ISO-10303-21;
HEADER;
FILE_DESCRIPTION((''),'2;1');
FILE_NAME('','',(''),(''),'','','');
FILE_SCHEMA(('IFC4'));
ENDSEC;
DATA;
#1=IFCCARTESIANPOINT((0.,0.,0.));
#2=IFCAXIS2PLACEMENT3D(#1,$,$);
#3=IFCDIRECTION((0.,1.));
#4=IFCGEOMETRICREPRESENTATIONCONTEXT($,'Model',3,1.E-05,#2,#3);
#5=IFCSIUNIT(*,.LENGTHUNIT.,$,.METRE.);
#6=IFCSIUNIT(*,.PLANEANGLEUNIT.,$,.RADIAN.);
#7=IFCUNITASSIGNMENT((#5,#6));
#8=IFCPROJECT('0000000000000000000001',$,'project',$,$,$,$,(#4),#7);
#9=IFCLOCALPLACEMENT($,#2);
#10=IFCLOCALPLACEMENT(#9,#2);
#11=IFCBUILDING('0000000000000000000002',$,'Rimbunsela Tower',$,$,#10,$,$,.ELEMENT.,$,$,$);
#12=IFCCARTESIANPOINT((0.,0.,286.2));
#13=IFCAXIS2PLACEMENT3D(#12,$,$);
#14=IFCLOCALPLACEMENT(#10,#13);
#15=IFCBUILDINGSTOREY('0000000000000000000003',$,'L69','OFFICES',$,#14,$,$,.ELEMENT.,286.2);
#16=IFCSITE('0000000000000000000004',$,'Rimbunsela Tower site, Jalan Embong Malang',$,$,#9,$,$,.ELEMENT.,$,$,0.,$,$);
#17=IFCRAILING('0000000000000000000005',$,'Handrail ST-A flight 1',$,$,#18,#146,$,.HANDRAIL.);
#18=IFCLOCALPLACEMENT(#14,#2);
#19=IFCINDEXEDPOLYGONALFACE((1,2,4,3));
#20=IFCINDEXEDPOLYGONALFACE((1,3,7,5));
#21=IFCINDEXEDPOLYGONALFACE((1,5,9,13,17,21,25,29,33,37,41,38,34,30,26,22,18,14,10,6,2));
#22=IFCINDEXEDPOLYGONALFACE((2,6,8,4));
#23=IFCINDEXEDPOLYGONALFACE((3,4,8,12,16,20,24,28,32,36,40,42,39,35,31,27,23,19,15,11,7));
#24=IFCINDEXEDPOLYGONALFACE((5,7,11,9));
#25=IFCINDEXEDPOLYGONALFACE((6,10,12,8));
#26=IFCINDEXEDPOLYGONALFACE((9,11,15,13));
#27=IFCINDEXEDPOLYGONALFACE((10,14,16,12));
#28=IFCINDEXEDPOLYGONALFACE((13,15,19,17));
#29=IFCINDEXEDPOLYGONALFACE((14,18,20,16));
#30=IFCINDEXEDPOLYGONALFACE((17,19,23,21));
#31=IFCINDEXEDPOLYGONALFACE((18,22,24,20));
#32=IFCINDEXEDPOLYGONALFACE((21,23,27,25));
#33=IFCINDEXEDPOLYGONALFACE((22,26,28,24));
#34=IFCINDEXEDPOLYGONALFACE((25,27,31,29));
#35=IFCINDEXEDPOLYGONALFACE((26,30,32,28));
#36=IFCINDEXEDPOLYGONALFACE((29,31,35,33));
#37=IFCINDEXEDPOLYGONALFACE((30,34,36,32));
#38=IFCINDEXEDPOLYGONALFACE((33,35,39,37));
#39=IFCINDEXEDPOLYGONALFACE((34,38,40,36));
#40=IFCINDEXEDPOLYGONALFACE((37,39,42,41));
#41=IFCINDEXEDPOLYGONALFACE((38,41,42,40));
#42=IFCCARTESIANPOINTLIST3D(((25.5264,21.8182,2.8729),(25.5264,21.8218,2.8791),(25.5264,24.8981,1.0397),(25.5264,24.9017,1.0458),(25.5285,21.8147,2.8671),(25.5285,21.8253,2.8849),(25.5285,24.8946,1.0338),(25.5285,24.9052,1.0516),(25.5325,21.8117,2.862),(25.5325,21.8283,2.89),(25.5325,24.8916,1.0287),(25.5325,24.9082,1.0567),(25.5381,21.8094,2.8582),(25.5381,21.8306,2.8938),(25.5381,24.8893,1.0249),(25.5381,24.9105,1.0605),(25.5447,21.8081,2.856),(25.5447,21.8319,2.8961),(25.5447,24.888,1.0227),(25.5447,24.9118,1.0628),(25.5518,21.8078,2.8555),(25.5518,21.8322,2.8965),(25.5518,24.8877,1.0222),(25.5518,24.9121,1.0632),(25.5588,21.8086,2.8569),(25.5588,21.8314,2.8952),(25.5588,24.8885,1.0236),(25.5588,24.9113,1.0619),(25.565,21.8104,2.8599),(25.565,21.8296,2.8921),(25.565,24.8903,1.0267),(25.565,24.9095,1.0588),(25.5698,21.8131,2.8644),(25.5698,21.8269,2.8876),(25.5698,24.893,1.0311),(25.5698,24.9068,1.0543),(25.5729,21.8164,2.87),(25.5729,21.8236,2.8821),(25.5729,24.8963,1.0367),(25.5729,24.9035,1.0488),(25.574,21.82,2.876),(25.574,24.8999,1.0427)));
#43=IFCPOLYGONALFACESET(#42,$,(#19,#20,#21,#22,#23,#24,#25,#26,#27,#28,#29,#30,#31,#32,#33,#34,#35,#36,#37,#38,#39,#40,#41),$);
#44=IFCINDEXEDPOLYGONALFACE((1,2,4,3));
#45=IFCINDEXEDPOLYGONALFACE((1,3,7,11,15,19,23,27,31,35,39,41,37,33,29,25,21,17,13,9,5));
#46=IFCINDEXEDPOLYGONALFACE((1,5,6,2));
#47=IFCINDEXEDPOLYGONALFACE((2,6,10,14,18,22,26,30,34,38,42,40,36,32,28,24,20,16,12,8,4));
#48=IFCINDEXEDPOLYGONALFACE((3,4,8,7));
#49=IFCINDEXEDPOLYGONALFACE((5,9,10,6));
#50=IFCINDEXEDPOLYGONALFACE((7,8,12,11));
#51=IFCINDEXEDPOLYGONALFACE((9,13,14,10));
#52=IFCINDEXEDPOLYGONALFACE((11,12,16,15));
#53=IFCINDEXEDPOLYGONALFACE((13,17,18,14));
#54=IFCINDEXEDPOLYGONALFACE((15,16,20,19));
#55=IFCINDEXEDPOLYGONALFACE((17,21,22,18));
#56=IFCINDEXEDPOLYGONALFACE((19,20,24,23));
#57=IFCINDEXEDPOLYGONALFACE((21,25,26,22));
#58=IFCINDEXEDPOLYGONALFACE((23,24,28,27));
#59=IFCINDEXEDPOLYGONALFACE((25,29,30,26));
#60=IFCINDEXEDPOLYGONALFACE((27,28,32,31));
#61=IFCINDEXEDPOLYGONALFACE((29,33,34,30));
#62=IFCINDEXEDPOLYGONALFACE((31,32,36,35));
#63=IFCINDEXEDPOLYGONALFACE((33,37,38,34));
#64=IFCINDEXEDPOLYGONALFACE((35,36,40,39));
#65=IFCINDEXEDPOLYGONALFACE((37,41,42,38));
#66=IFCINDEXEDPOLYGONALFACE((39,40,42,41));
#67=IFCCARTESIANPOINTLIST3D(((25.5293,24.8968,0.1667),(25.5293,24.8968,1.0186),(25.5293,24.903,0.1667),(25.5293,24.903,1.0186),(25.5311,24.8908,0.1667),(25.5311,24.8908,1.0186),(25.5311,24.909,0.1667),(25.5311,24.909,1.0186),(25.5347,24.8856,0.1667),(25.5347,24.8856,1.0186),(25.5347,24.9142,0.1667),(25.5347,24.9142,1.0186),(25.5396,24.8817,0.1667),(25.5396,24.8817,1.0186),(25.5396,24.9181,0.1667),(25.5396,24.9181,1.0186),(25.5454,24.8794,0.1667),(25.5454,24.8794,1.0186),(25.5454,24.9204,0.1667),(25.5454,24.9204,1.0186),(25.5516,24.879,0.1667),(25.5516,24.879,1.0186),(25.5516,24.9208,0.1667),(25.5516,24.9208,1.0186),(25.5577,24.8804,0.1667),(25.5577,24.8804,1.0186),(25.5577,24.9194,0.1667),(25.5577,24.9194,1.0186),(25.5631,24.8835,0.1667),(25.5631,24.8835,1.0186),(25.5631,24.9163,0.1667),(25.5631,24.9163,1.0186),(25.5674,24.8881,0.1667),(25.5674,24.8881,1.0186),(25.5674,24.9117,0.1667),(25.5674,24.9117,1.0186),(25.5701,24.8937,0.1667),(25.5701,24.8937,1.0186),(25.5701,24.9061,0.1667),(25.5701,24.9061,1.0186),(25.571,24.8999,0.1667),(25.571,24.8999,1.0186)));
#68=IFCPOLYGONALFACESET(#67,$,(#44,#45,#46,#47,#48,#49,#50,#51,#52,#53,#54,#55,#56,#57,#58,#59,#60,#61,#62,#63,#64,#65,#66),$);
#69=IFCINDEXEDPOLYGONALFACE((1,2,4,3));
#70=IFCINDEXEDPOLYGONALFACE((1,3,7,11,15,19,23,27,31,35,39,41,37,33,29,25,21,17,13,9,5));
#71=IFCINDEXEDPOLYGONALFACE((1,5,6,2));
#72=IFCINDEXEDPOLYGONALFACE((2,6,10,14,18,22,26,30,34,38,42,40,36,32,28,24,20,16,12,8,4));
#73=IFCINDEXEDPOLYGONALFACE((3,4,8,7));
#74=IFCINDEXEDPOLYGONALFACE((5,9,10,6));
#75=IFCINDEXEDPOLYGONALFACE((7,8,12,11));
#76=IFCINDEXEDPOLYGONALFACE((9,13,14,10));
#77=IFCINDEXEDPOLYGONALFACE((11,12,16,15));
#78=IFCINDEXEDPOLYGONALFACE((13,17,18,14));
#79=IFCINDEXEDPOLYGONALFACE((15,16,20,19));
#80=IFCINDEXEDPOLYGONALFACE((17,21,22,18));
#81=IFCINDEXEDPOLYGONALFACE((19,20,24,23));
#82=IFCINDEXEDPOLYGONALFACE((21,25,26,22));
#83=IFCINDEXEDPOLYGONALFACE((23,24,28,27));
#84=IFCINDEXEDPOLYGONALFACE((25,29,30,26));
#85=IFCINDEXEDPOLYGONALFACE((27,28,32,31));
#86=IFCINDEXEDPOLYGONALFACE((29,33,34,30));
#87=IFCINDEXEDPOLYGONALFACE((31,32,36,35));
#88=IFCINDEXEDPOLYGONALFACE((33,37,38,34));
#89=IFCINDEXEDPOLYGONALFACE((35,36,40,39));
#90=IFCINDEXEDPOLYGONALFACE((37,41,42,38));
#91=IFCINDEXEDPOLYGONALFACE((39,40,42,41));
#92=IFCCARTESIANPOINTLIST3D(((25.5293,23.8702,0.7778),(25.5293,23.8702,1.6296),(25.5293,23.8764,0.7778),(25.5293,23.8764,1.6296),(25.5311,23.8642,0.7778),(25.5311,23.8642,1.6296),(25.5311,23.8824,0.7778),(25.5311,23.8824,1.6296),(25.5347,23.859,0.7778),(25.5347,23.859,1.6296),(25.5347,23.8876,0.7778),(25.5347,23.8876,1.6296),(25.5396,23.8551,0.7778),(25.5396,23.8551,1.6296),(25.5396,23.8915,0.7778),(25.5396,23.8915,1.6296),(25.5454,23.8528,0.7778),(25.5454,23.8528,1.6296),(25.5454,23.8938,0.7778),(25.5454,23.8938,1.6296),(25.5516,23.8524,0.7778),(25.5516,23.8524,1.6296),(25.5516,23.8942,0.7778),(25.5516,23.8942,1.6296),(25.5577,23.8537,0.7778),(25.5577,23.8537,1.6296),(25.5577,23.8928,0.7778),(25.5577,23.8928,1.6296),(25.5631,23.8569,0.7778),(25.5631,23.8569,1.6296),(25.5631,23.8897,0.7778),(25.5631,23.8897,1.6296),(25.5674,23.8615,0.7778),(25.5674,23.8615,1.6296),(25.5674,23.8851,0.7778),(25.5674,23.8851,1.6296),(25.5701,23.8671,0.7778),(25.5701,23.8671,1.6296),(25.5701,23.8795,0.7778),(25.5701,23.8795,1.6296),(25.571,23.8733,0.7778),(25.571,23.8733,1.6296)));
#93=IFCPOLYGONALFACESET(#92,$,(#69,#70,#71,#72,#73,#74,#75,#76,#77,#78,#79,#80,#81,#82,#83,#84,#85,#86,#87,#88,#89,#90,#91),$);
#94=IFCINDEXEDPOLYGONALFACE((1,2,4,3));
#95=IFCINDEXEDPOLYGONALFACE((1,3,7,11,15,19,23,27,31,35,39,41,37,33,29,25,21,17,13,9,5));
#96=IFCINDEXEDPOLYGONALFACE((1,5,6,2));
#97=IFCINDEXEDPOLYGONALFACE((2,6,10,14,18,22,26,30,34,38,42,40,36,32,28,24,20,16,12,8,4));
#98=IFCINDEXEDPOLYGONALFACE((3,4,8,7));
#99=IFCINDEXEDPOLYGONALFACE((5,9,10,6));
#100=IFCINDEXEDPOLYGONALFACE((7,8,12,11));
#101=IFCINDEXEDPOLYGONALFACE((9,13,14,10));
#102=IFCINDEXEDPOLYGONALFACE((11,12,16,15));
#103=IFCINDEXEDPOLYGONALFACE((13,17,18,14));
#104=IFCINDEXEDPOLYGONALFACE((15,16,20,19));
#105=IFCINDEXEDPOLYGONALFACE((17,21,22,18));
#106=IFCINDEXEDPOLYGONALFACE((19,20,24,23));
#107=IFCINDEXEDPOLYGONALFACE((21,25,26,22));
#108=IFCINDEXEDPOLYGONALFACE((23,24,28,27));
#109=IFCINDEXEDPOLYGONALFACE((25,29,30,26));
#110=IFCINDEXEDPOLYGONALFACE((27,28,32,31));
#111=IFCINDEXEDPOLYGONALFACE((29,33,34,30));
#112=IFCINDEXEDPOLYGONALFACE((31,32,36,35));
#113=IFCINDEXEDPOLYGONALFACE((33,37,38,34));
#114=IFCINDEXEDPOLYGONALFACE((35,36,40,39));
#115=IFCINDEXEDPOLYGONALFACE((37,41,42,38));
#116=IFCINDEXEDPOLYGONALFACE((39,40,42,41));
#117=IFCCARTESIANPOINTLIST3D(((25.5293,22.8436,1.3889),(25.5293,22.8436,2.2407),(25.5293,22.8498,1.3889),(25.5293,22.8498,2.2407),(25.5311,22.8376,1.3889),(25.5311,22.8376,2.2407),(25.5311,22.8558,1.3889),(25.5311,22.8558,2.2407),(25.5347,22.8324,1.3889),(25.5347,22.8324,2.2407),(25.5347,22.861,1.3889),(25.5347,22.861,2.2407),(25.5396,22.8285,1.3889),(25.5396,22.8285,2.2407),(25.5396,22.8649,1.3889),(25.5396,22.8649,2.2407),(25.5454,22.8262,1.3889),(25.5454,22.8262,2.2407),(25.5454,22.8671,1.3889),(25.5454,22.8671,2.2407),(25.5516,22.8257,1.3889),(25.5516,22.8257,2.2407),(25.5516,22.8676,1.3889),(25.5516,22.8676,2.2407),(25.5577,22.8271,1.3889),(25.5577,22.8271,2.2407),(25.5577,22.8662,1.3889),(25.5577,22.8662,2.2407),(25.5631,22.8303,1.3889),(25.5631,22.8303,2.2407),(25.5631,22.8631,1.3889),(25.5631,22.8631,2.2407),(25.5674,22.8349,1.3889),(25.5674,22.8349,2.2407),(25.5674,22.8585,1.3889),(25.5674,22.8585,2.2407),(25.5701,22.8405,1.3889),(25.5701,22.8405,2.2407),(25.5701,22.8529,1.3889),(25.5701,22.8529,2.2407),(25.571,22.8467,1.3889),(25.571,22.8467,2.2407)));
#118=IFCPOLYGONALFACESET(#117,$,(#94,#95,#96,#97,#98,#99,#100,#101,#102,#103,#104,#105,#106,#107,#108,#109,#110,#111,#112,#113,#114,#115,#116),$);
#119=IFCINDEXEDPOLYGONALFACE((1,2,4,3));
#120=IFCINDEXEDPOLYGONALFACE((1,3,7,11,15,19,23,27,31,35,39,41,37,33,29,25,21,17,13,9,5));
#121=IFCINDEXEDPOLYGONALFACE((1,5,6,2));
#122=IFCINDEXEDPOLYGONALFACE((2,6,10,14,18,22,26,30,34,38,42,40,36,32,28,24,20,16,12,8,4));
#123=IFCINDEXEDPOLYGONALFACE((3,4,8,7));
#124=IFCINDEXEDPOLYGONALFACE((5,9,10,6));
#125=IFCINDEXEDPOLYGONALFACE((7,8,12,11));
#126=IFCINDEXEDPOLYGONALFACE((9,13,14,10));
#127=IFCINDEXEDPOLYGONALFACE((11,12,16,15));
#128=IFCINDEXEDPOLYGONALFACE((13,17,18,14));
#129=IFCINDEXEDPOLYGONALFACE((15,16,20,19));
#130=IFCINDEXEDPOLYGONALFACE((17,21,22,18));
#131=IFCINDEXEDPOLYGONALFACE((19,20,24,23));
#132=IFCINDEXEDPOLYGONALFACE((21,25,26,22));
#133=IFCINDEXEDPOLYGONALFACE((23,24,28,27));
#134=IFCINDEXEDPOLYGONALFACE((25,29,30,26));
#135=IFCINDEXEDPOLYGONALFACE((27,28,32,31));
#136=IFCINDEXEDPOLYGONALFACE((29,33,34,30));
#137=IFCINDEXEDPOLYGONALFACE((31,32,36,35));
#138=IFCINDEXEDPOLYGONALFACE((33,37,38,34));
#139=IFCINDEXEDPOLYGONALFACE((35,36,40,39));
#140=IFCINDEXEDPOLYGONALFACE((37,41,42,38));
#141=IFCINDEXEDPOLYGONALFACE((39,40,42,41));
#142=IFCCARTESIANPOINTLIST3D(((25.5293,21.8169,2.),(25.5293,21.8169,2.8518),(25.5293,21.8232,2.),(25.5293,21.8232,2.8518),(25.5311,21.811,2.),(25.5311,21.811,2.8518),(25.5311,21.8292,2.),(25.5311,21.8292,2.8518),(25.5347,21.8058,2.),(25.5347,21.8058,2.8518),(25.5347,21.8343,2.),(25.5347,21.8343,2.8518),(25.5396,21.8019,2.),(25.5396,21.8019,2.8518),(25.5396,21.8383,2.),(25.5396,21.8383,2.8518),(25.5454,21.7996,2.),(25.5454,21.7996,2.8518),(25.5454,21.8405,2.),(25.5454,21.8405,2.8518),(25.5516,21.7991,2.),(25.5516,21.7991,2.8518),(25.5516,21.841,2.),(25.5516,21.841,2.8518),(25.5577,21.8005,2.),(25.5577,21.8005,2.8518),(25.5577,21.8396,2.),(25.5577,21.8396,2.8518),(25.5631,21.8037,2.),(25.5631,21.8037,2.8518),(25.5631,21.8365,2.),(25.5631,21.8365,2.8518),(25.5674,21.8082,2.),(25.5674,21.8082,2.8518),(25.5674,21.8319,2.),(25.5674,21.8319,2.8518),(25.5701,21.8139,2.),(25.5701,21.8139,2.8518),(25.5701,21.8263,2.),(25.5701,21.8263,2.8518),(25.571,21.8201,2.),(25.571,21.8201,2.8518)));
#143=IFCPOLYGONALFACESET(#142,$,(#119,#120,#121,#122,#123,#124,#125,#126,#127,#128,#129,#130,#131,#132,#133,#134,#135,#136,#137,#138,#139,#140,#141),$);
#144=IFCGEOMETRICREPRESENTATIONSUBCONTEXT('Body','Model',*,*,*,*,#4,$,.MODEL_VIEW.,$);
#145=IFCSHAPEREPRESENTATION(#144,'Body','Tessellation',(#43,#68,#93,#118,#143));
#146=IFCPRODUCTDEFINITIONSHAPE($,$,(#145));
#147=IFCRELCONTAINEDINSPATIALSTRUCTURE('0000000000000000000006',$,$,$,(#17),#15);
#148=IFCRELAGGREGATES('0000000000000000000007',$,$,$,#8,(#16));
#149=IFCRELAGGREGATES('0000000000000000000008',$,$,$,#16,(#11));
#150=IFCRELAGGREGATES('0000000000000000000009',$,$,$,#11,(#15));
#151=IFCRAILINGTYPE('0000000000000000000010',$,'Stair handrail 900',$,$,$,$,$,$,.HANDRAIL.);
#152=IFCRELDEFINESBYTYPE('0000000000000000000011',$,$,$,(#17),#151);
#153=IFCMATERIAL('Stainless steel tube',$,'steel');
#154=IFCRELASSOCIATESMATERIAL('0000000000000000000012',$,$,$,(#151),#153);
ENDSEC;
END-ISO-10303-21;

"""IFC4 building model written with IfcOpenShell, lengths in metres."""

from ifc_helpers import new_model, si_unit, direction, frame, origin, origin_2d, place, context, subcontext, project, spatial, circle, extrude, material, type_object, element, save


model = new_model("IFC4")

# Units and contexts
model_context = context("Model", 3, precision=1e-05, world=origin(), true_north=direction((0.0, 1.0)))
body_context = subcontext(model_context, "Body", "Model", "MODEL_VIEW")
ifc_project = project(units=[si_unit("LENGTHUNIT", "METRE"), si_unit("PLANEANGLEUNIT", "RADIAN")], contexts=[model_context])

# Site, building, storey
site_placement = place(None, origin())
site = spatial("IfcSite", under=ifc_project, at=site_placement, Name="Rimbunsela Tower site, Jalan Embong Malang", CompositionType="ELEMENT", RefElevation=0.0)
building_placement = place(site_placement, origin())
building = spatial("IfcBuilding", under=site, at=building_placement, Name="Rimbunsela Tower", CompositionType="ELEMENT")
storey_placement = place(building_placement, frame((0.0, 0.0, 286.2)))
storey = spatial("IfcBuildingStorey", under=building, at=storey_placement, Name="L69", Description="OFFICES", CompositionType="ELEMENT", Elevation=286.2)

# Railing
ifc_material_1 = material(Name="Stainless steel tube", Category="steel")
railing_type = type_object("IfcRailingType", Name="Stair handrail 900", PredefinedType="HANDRAIL", material=ifc_material_1)
for number, where, name in (
    (1, (25.55, 24.8999, 0.1667), "Handrail ST-A flight 1"),
):
    element("IfcRailing", number, at=place(storey_placement, frame(where)), inside=storey, type_object=railing_type, Name=name, PredefinedType="HANDRAIL", context=body_context, shape_type="SweptSolid", body=[
        extrude(circle(Radius=0.0239, at=origin_2d()), frame((0.0, 0.0, 0.876), z_axis=(0.0, -0.859291, 0.511487), x_axis=(1.0, 0.0, 0.0)), (0.0, 0.0, 1.0), 3.5842),
        extrude(circle(Radius=0.021, at=origin_2d()), origin(), (0.0, 0.0, 1.0), 0.8518),
        extrude(circle(Radius=0.021, at=origin_2d()), frame((0.0, -1.0266, 0.6111)), (0.0, 0.0, 1.0), 0.8518),
        extrude(circle(Radius=0.021, at=origin_2d()), frame((0.0, -2.0532, 1.2222)), (0.0, 0.0, 1.0), 0.8518),
        extrude(circle(Radius=0.021, at=origin_2d()), frame((0.0, -3.0798, 1.8333)), (0.0, 0.0, 1.0), 0.8518),
    ])

save(model, "model.ifc")
